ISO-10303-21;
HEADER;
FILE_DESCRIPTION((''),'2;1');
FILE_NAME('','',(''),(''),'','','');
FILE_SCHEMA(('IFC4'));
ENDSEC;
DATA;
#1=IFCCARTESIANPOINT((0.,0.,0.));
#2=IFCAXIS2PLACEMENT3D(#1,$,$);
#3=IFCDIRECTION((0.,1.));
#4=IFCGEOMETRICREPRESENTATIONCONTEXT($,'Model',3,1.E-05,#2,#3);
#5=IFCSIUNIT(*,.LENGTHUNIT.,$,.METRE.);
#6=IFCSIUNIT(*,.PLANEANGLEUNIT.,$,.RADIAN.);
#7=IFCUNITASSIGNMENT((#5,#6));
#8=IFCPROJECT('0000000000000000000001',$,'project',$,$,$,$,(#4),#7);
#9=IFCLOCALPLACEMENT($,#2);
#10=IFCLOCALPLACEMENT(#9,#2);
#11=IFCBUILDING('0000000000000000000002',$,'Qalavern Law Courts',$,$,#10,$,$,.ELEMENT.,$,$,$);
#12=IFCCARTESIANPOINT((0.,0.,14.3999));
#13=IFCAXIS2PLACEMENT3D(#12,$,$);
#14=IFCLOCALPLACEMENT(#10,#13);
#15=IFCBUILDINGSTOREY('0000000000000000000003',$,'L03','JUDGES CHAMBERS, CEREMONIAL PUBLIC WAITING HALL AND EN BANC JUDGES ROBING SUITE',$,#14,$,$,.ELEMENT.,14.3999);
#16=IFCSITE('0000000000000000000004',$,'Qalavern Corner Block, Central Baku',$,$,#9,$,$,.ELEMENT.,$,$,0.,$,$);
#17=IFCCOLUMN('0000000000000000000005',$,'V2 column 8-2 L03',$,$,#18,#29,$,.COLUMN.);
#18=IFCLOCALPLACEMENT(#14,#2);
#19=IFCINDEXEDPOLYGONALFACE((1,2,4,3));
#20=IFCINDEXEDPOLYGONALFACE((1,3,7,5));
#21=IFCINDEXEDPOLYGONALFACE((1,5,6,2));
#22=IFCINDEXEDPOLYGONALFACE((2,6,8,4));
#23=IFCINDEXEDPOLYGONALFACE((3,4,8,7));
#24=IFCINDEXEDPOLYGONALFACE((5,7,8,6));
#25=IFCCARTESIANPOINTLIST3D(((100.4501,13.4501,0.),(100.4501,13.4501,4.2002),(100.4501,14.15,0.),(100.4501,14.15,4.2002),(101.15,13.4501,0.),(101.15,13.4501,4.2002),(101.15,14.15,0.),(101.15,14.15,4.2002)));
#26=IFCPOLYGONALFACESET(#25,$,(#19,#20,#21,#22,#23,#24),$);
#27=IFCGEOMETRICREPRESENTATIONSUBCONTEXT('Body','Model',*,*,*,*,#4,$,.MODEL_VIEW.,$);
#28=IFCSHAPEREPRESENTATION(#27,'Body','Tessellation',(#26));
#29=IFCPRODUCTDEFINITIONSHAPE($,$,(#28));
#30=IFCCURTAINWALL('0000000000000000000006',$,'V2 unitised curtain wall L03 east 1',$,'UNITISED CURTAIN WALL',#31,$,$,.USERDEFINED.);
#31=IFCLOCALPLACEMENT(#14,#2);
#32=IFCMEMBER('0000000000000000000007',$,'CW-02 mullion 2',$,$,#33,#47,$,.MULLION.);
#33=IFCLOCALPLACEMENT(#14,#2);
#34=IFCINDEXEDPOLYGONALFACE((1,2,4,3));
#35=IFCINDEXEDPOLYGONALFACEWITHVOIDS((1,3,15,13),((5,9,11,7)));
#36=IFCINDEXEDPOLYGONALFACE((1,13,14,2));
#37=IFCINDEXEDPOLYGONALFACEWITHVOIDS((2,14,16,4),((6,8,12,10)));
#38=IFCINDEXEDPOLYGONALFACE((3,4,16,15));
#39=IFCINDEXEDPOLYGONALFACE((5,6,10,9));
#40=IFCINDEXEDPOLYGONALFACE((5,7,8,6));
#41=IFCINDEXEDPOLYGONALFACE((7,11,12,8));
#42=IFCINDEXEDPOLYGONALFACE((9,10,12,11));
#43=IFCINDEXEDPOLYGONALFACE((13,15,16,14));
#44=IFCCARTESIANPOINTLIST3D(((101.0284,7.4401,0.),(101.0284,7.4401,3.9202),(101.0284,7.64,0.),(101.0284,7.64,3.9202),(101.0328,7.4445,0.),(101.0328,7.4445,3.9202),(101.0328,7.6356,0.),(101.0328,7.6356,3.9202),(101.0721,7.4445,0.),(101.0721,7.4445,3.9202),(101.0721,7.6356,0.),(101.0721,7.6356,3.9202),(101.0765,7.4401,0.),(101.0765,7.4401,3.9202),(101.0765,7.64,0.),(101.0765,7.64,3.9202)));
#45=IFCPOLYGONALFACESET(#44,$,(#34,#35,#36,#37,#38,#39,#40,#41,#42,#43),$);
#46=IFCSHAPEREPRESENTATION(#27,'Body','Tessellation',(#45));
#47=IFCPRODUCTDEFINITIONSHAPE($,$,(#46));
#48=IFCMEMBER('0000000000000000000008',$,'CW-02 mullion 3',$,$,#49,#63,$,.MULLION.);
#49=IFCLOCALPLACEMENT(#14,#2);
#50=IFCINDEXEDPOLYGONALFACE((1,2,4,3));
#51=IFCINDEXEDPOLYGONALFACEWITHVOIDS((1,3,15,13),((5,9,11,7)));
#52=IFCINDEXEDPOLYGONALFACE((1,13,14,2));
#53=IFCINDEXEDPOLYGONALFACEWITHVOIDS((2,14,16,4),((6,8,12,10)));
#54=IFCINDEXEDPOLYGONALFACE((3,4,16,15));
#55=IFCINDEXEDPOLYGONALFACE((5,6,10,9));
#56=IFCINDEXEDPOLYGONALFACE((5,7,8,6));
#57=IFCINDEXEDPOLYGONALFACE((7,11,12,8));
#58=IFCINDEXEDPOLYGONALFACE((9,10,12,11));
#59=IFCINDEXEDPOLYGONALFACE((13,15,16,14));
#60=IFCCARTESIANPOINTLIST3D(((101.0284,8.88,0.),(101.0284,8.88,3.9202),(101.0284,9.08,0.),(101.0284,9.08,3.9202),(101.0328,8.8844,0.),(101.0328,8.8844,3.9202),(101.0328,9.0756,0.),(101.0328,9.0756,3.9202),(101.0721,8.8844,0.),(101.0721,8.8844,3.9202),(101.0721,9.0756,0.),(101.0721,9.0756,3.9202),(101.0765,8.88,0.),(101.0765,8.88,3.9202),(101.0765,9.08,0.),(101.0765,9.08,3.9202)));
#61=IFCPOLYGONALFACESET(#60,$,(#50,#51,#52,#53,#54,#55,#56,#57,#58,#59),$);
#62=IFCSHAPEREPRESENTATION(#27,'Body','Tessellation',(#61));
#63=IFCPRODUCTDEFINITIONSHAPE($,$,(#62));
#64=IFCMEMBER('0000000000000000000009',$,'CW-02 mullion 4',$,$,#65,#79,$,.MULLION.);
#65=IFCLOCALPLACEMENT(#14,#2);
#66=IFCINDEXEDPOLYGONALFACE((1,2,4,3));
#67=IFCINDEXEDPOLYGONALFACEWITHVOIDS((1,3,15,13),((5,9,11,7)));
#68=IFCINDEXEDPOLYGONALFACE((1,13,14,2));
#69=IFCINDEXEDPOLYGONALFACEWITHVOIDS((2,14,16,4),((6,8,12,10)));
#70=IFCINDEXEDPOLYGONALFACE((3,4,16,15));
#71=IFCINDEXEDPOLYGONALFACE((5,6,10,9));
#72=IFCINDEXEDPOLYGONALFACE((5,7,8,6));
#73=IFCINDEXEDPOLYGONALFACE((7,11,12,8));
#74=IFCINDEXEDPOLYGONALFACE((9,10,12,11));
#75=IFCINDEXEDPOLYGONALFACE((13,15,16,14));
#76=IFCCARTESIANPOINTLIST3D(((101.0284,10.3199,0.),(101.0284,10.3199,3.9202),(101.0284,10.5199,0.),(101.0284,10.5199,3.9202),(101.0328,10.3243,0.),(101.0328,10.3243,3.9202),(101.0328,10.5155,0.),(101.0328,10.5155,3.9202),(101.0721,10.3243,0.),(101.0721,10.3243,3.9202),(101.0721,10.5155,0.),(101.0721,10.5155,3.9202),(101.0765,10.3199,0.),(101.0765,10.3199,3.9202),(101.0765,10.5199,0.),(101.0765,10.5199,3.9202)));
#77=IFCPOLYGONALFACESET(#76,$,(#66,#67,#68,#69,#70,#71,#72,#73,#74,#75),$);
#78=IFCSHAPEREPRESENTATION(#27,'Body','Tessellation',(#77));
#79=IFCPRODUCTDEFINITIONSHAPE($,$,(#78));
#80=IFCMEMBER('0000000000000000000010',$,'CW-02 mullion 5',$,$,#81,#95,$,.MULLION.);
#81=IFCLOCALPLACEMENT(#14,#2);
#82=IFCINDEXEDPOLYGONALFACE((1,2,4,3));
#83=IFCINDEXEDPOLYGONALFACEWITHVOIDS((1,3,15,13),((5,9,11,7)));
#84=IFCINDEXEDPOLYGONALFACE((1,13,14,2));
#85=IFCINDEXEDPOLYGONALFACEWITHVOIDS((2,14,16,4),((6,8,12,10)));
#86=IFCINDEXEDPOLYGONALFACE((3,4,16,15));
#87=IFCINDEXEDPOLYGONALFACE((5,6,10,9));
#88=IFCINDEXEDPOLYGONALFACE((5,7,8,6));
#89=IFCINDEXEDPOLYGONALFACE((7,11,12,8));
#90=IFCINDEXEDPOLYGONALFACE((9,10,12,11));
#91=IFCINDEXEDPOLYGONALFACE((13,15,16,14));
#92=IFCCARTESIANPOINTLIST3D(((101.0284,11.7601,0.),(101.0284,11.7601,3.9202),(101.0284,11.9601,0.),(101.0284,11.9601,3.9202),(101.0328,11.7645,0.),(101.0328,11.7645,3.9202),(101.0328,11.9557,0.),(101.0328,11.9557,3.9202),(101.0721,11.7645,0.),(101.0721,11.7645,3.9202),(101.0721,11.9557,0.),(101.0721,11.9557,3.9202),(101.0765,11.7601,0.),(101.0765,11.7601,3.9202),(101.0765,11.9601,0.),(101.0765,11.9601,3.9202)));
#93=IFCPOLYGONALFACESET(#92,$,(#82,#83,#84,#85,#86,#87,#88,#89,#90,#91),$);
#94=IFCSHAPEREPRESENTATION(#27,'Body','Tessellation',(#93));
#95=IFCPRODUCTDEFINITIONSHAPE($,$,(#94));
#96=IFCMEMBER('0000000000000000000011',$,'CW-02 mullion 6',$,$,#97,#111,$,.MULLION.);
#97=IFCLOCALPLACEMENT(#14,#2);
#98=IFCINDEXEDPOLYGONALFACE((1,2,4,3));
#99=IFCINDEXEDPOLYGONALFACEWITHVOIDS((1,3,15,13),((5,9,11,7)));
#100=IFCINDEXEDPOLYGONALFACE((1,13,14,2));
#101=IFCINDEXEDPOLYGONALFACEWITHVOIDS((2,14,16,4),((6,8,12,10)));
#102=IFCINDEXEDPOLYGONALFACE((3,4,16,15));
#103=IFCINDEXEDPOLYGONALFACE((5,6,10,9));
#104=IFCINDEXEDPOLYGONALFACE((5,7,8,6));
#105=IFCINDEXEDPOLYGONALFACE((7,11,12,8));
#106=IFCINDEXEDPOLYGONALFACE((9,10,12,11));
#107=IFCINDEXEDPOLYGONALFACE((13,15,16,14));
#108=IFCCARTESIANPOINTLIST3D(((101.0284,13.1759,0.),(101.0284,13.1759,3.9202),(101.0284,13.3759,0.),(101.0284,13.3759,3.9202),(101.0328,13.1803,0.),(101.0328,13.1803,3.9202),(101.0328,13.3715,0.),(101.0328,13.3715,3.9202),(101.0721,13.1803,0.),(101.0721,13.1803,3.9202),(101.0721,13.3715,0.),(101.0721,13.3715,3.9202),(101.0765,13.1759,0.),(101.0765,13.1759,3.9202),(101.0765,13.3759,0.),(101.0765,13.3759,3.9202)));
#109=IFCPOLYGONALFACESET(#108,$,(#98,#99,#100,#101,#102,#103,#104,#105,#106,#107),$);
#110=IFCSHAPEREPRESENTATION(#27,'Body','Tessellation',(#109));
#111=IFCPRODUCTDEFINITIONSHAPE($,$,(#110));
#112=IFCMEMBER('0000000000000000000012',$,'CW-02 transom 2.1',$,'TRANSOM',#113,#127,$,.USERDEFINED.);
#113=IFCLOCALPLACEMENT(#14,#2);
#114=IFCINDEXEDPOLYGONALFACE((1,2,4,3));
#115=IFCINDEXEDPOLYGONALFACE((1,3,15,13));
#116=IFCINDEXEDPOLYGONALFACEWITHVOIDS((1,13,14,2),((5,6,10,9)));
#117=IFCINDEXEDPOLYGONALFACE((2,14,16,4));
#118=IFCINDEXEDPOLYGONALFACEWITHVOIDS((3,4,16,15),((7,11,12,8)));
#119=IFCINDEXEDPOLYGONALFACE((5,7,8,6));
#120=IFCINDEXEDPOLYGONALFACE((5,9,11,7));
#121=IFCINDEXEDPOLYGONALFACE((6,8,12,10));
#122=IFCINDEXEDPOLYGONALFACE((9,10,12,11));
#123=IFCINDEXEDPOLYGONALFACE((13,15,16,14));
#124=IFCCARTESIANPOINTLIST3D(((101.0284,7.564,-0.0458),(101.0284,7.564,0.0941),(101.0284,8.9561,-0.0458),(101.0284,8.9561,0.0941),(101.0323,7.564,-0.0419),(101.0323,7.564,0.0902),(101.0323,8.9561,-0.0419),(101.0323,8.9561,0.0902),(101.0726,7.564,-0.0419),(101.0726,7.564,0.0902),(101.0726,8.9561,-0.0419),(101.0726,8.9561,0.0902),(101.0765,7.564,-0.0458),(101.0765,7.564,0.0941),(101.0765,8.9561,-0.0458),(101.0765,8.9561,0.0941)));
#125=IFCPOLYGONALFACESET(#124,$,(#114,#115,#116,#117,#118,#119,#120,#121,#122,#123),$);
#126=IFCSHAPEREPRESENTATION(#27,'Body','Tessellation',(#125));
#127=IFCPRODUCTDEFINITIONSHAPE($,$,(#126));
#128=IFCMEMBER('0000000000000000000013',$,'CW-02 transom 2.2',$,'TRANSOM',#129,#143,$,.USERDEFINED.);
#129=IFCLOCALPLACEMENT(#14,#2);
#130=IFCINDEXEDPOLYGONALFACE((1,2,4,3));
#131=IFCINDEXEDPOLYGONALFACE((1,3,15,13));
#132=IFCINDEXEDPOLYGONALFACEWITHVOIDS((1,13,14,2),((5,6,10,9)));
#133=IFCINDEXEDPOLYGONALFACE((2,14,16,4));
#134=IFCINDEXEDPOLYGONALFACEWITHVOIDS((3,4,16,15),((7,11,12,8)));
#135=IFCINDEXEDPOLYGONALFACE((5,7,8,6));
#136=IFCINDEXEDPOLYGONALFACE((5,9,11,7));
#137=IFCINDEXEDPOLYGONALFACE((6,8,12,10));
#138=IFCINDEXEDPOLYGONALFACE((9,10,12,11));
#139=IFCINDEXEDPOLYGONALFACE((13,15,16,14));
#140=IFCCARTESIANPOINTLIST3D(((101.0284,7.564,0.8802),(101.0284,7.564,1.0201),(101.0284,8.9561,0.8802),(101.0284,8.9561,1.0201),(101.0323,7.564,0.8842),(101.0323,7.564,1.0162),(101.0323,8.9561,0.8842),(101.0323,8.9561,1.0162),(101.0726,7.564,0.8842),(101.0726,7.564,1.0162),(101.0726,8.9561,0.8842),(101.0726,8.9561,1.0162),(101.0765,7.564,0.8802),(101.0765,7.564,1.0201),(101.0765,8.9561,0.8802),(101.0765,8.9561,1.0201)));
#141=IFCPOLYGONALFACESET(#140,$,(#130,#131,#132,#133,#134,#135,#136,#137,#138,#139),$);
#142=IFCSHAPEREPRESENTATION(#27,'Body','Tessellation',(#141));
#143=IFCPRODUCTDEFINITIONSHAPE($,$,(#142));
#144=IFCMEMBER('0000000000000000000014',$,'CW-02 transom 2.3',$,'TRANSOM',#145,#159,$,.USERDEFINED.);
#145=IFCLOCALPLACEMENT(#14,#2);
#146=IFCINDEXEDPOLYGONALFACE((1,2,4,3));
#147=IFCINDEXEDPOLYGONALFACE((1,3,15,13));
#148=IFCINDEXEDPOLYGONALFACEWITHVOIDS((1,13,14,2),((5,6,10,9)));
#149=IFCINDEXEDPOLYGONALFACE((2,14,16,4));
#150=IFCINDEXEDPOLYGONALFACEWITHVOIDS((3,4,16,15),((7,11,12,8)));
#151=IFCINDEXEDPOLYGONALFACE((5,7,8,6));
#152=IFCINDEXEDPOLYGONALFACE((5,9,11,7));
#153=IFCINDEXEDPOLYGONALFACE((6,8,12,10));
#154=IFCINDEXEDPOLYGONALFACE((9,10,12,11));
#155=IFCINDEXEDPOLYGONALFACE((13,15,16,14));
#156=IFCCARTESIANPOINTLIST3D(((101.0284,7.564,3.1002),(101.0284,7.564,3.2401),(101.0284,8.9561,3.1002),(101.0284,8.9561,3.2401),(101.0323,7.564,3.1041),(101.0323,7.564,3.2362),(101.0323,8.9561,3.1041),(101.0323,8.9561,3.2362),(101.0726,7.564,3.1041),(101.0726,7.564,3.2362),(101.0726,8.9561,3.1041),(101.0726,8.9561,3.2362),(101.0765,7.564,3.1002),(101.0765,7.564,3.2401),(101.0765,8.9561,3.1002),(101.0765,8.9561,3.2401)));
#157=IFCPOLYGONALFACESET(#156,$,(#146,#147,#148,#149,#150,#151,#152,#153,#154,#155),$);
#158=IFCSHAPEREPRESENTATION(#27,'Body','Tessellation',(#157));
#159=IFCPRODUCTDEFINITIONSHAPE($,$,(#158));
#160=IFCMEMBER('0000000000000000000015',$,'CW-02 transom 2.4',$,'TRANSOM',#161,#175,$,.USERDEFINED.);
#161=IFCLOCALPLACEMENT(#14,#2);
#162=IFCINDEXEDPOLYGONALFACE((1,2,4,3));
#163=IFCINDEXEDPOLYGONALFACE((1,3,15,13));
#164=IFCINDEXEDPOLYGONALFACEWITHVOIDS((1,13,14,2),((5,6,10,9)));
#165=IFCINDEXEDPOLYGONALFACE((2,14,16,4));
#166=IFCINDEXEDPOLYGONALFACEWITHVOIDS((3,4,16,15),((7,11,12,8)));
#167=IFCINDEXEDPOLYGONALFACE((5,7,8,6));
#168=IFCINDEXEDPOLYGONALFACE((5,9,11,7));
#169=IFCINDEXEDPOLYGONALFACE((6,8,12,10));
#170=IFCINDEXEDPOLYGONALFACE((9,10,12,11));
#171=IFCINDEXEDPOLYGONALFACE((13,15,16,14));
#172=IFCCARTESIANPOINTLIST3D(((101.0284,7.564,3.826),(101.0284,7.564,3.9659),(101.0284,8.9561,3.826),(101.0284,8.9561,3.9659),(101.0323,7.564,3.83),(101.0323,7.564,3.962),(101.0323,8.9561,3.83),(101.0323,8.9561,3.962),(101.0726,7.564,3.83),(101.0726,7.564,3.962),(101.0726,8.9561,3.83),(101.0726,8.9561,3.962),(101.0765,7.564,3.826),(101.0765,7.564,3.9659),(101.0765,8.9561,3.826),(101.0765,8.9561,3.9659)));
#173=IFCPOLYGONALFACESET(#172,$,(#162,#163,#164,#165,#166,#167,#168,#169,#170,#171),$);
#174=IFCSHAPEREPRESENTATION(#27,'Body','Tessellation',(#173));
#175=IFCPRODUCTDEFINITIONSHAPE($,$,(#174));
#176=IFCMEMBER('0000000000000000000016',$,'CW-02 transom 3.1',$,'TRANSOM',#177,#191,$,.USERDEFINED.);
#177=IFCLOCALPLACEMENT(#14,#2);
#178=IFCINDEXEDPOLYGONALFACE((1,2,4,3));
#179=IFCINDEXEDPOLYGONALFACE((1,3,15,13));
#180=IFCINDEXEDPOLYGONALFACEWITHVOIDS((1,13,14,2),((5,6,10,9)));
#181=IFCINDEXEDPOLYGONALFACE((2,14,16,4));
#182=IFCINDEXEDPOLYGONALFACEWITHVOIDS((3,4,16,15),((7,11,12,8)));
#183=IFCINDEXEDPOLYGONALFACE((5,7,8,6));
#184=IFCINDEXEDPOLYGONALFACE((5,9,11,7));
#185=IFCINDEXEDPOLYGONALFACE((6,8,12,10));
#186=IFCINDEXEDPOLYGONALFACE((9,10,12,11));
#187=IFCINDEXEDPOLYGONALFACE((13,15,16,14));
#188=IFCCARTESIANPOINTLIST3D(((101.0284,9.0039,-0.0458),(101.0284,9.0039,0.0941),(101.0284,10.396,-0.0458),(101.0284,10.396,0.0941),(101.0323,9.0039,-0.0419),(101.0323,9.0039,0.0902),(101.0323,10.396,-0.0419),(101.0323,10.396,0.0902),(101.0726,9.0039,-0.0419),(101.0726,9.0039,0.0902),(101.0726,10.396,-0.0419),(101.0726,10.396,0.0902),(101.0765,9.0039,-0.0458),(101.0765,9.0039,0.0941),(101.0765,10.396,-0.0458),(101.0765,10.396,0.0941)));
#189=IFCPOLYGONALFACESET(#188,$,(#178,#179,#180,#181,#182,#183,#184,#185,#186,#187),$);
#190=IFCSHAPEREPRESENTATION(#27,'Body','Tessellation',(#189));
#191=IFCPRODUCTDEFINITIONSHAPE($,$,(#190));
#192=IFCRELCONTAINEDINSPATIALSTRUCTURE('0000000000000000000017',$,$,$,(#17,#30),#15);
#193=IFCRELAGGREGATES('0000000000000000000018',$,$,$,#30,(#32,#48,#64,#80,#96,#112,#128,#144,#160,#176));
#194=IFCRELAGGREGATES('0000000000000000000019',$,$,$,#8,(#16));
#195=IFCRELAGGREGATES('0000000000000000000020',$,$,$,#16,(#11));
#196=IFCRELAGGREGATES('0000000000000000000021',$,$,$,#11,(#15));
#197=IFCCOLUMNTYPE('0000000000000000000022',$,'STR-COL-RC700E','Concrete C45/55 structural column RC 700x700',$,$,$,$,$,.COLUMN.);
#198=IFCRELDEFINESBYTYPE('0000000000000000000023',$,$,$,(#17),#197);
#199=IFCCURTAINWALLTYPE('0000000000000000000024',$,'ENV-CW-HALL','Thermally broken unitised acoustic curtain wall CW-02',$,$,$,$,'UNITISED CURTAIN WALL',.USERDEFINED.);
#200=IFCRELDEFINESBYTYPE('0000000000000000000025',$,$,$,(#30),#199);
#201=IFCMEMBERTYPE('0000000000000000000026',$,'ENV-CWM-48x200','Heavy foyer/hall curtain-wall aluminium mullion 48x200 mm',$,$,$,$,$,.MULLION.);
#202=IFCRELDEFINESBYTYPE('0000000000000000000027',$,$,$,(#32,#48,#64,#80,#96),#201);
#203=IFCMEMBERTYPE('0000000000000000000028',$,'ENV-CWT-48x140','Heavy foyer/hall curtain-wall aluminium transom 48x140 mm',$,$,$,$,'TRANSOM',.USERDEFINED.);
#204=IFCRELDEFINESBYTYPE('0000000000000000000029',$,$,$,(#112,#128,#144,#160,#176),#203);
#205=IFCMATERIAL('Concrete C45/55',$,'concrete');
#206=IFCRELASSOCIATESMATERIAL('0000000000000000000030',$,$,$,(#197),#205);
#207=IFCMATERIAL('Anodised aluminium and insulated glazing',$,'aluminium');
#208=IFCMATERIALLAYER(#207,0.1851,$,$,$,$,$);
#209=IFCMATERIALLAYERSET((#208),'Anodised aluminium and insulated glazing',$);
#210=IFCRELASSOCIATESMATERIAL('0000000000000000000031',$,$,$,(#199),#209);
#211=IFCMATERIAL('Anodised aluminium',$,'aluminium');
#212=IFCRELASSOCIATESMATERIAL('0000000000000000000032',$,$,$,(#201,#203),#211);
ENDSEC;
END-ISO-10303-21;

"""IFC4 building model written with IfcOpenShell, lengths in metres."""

from ifc_helpers import new_model, si_unit, direction, frame, origin, origin_2d, place, context, subcontext, project, spatial, rectangle, hollow_rectangle, extrude, material, layer, layer_set, material_profile, profile_set, type_object, element, aggregate, save


model = new_model("IFC4")

# Units and contexts
model_context = context("Model", 3, precision=1e-05, world=origin(), true_north=direction((0.0, 1.0)))
body_context = subcontext(model_context, "Body", "Model", "MODEL_VIEW")
ifc_project = project(units=[si_unit("LENGTHUNIT", "METRE"), si_unit("PLANEANGLEUNIT", "RADIAN")], contexts=[model_context])

# Site, building, storey
site_placement = place(None, origin())
site = spatial("IfcSite", under=ifc_project, at=site_placement, Name="Qalavern Corner Block, Central Baku", CompositionType="ELEMENT", RefElevation=0.0)
building_placement = place(site_placement, origin())
building = spatial("IfcBuilding", under=site, at=building_placement, Name="Qalavern Law Courts", CompositionType="ELEMENT")
storey_placement = place(building_placement, frame((0.0, 0.0, 14.3999)))
storey = spatial("IfcBuildingStorey", under=building, at=storey_placement, Name="L03", Description="JUDGES CHAMBERS, CEREMONIAL PUBLIC WAITING HALL AND EN BANC JUDGES ROBING SUITE", CompositionType="ELEMENT", Elevation=14.3999)

# Column
ifc_material_1 = material(Name="Concrete C45/55", Category="concrete")
ifc_material_profile_1 = material_profile(ifc_material_1, rectangle(XDim=0.7, YDim=0.7, at=origin_2d()), Name="RC 700x700")
ifc_profile_set_1 = profile_set([ifc_material_profile_1], Name="Concrete C45/55")
column_type = type_object("IfcColumnType", Name="STR-COL-RC700E", Description="Concrete C45/55 structural column RC 700x700", PredefinedType="COLUMN", material=ifc_profile_set_1)
column_placement = place(storey_placement, frame((100.8, 13.8, 0.0), z_axis=(0.0, 0.0, 1.0), x_axis=(1.0, 0.0, 0.0)))
element("IfcColumn", 1, at=column_placement, inside=storey, type_object=column_type, Name="V2 column 8-2 L03", PredefinedType="COLUMN", context=body_context, shape_type="SweptSolid", body=[
    extrude(rectangle(XDim=0.7, YDim=0.7, at=origin_2d()), origin(), (0.0, 0.0, 1.0), 4.2002),
])

# Curtain wall, members
ifc_material_2 = material(Name="Anodised aluminium and insulated glazing", Category="aluminium")
ifc_layer_1 = layer(ifc_material_2, 0.1851)
ifc_layer_set_1 = layer_set([ifc_layer_1], Name="Anodised aluminium and insulated glazing")
curtain_wall_type = type_object("IfcCurtainWallType", Name="ENV-CW-HALL", Description="Thermally broken unitised acoustic curtain wall CW-02", ElementType="UNITISED CURTAIN WALL", PredefinedType="USERDEFINED", material=ifc_layer_set_1)
curtain_wall_placement = place(storey_placement, origin())
curtain_wall = element("IfcCurtainWall", 2, at=curtain_wall_placement, inside=storey, type_object=curtain_wall_type, Name="V2 unitised curtain wall L03 east 1", ObjectType="UNITISED CURTAIN WALL", PredefinedType="USERDEFINED")
ifc_material_3 = material(Name="Anodised aluminium", Category="aluminium")
ifc_material_profile_2 = material_profile(ifc_material_3, hollow_rectangle(XDim=0.0481, YDim=0.2, WallThickness=0.0044, at=origin_2d()), Name="ALU MULLION 48x200")
ifc_profile_set_2 = profile_set([ifc_material_profile_2], Name="Anodised aluminium")
member_type_1 = type_object("IfcMemberType", Name="ENV-CWM-48x200", Description="Heavy foyer/hall curtain-wall aluminium mullion 48x200 mm", PredefinedType="MULLION", material=ifc_profile_set_2)
member_1_placement = place(storey_placement, frame((101.0525, 7.54, 0.0), z_axis=(0.0, 0.0, 1.0), x_axis=(-1.0, 0.0, 0.0)))
member_1 = element("IfcMember", 3, at=member_1_placement, type_object=member_type_1, Name="CW-02 mullion 2", PredefinedType="MULLION", context=body_context, shape_type="SweptSolid", body=[
    extrude(hollow_rectangle(XDim=0.0481, YDim=0.2, WallThickness=0.0044, at=origin_2d()), origin(), (0.0, 0.0, 1.0), 3.9202),
])
member_2_placement = place(storey_placement, frame((101.0525, 8.98, 0.0), z_axis=(0.0, 0.0, 1.0), x_axis=(-1.0, 0.0, 0.0)))
member_2 = element("IfcMember", 4, at=member_2_placement, type_object=member_type_1, Name="CW-02 mullion 3", PredefinedType="MULLION", context=body_context, shape_type="SweptSolid", body=[
    extrude(hollow_rectangle(XDim=0.0481, YDim=0.2, WallThickness=0.0044, at=origin_2d()), origin(), (0.0, 0.0, 1.0), 3.9202),
])
member_3_placement = place(storey_placement, frame((101.0525, 10.4199, 0.0), z_axis=(0.0, 0.0, 1.0), x_axis=(-1.0, 0.0, 0.0)))
member_3 = element("IfcMember", 5, at=member_3_placement, type_object=member_type_1, Name="CW-02 mullion 4", PredefinedType="MULLION", context=body_context, shape_type="SweptSolid", body=[
    extrude(hollow_rectangle(XDim=0.0481, YDim=0.2, WallThickness=0.0044, at=origin_2d()), origin(), (0.0, 0.0, 1.0), 3.9202),
])
member_4_placement = place(storey_placement, frame((101.0525, 11.8601, 0.0), z_axis=(0.0, 0.0, 1.0), x_axis=(-1.0, 0.0, 0.0)))
member_4 = element("IfcMember", 6, at=member_4_placement, type_object=member_type_1, Name="CW-02 mullion 5", PredefinedType="MULLION", context=body_context, shape_type="SweptSolid", body=[
    extrude(hollow_rectangle(XDim=0.0481, YDim=0.2, WallThickness=0.0044, at=origin_2d()), origin(), (0.0, 0.0, 1.0), 3.9202),
])
member_5_placement = place(storey_placement, frame((101.0525, 13.2759, 0.0), z_axis=(0.0, 0.0, 1.0), x_axis=(-1.0, 0.0, 0.0)))
member_5 = element("IfcMember", 7, at=member_5_placement, type_object=member_type_1, Name="CW-02 mullion 6", PredefinedType="MULLION", context=body_context, shape_type="SweptSolid", body=[
    extrude(hollow_rectangle(XDim=0.0481, YDim=0.2, WallThickness=0.0044, at=origin_2d()), origin(), (0.0, 0.0, 1.0), 3.9202),
])
ifc_material_profile_3 = material_profile(ifc_material_3, hollow_rectangle(XDim=0.0481, YDim=0.1399, WallThickness=0.0039, at=origin_2d()), Name="ALU TRANSOM 48x140")
ifc_profile_set_3 = profile_set([ifc_material_profile_3], Name="Anodised aluminium")
member_type_2 = type_object("IfcMemberType", Name="ENV-CWT-48x140", Description="Heavy foyer/hall curtain-wall aluminium transom 48x140 mm", ElementType="TRANSOM", PredefinedType="USERDEFINED", material=ifc_profile_set_3)
member_6_placement = place(storey_placement, frame((101.0525, 7.564, 0.0242), z_axis=(0.0, 1.0, 0.0), x_axis=(-1.0, 0.0, 0.0)))
member_6 = element("IfcMember", 8, at=member_6_placement, type_object=member_type_2, Name="CW-02 transom 2.1", ObjectType="TRANSOM", PredefinedType="USERDEFINED", context=body_context, shape_type="SweptSolid", body=[
    extrude(hollow_rectangle(XDim=0.0481, YDim=0.1399, WallThickness=0.0039, at=origin_2d()), origin(), (0.0, 0.0, 1.0), 1.3921),
])
member_7_placement = place(storey_placement, frame((101.0525, 7.564, 0.9502), z_axis=(0.0, 1.0, 0.0), x_axis=(-1.0, 0.0, 0.0)))
member_7 = element("IfcMember", 9, at=member_7_placement, type_object=member_type_2, Name="CW-02 transom 2.2", ObjectType="TRANSOM", PredefinedType="USERDEFINED", context=body_context, shape_type="SweptSolid", body=[
    extrude(hollow_rectangle(XDim=0.0481, YDim=0.1399, WallThickness=0.0039, at=origin_2d()), origin(), (0.0, 0.0, 1.0), 1.3921),
])
member_8_placement = place(storey_placement, frame((101.0525, 7.564, 3.1702), z_axis=(0.0, 1.0, 0.0), x_axis=(-1.0, 0.0, 0.0)))
member_8 = element("IfcMember", 10, at=member_8_placement, type_object=member_type_2, Name="CW-02 transom 2.3", ObjectType="TRANSOM", PredefinedType="USERDEFINED", context=body_context, shape_type="SweptSolid", body=[
    extrude(hollow_rectangle(XDim=0.0481, YDim=0.1399, WallThickness=0.0039, at=origin_2d()), origin(), (0.0, 0.0, 1.0), 1.3921),
])
member_9_placement = place(storey_placement, frame((101.0525, 7.564, 3.896), z_axis=(0.0, 1.0, 0.0), x_axis=(-1.0, 0.0, 0.0)))
member_9 = element("IfcMember", 11, at=member_9_placement, type_object=member_type_2, Name="CW-02 transom 2.4", ObjectType="TRANSOM", PredefinedType="USERDEFINED", context=body_context, shape_type="SweptSolid", body=[
    extrude(hollow_rectangle(XDim=0.0481, YDim=0.1399, WallThickness=0.0039, at=origin_2d()), origin(), (0.0, 0.0, 1.0), 1.3921),
])
member_10_placement = place(storey_placement, frame((101.0525, 9.0039, 0.0242), z_axis=(0.0, 1.0, 0.0), x_axis=(-1.0, 0.0, 0.0)))
member_10 = element("IfcMember", 12, at=member_10_placement, type_object=member_type_2, Name="CW-02 transom 3.1", ObjectType="TRANSOM", PredefinedType="USERDEFINED", context=body_context, shape_type="SweptSolid", body=[
    extrude(hollow_rectangle(XDim=0.0481, YDim=0.1399, WallThickness=0.0039, at=origin_2d()), origin(), (0.0, 0.0, 1.0), 1.3921),
])
aggregate(curtain_wall, [member_1, member_2, member_3, member_4, member_5, member_6, member_7, member_8, member_9, member_10])

save(model, "model.ifc")
